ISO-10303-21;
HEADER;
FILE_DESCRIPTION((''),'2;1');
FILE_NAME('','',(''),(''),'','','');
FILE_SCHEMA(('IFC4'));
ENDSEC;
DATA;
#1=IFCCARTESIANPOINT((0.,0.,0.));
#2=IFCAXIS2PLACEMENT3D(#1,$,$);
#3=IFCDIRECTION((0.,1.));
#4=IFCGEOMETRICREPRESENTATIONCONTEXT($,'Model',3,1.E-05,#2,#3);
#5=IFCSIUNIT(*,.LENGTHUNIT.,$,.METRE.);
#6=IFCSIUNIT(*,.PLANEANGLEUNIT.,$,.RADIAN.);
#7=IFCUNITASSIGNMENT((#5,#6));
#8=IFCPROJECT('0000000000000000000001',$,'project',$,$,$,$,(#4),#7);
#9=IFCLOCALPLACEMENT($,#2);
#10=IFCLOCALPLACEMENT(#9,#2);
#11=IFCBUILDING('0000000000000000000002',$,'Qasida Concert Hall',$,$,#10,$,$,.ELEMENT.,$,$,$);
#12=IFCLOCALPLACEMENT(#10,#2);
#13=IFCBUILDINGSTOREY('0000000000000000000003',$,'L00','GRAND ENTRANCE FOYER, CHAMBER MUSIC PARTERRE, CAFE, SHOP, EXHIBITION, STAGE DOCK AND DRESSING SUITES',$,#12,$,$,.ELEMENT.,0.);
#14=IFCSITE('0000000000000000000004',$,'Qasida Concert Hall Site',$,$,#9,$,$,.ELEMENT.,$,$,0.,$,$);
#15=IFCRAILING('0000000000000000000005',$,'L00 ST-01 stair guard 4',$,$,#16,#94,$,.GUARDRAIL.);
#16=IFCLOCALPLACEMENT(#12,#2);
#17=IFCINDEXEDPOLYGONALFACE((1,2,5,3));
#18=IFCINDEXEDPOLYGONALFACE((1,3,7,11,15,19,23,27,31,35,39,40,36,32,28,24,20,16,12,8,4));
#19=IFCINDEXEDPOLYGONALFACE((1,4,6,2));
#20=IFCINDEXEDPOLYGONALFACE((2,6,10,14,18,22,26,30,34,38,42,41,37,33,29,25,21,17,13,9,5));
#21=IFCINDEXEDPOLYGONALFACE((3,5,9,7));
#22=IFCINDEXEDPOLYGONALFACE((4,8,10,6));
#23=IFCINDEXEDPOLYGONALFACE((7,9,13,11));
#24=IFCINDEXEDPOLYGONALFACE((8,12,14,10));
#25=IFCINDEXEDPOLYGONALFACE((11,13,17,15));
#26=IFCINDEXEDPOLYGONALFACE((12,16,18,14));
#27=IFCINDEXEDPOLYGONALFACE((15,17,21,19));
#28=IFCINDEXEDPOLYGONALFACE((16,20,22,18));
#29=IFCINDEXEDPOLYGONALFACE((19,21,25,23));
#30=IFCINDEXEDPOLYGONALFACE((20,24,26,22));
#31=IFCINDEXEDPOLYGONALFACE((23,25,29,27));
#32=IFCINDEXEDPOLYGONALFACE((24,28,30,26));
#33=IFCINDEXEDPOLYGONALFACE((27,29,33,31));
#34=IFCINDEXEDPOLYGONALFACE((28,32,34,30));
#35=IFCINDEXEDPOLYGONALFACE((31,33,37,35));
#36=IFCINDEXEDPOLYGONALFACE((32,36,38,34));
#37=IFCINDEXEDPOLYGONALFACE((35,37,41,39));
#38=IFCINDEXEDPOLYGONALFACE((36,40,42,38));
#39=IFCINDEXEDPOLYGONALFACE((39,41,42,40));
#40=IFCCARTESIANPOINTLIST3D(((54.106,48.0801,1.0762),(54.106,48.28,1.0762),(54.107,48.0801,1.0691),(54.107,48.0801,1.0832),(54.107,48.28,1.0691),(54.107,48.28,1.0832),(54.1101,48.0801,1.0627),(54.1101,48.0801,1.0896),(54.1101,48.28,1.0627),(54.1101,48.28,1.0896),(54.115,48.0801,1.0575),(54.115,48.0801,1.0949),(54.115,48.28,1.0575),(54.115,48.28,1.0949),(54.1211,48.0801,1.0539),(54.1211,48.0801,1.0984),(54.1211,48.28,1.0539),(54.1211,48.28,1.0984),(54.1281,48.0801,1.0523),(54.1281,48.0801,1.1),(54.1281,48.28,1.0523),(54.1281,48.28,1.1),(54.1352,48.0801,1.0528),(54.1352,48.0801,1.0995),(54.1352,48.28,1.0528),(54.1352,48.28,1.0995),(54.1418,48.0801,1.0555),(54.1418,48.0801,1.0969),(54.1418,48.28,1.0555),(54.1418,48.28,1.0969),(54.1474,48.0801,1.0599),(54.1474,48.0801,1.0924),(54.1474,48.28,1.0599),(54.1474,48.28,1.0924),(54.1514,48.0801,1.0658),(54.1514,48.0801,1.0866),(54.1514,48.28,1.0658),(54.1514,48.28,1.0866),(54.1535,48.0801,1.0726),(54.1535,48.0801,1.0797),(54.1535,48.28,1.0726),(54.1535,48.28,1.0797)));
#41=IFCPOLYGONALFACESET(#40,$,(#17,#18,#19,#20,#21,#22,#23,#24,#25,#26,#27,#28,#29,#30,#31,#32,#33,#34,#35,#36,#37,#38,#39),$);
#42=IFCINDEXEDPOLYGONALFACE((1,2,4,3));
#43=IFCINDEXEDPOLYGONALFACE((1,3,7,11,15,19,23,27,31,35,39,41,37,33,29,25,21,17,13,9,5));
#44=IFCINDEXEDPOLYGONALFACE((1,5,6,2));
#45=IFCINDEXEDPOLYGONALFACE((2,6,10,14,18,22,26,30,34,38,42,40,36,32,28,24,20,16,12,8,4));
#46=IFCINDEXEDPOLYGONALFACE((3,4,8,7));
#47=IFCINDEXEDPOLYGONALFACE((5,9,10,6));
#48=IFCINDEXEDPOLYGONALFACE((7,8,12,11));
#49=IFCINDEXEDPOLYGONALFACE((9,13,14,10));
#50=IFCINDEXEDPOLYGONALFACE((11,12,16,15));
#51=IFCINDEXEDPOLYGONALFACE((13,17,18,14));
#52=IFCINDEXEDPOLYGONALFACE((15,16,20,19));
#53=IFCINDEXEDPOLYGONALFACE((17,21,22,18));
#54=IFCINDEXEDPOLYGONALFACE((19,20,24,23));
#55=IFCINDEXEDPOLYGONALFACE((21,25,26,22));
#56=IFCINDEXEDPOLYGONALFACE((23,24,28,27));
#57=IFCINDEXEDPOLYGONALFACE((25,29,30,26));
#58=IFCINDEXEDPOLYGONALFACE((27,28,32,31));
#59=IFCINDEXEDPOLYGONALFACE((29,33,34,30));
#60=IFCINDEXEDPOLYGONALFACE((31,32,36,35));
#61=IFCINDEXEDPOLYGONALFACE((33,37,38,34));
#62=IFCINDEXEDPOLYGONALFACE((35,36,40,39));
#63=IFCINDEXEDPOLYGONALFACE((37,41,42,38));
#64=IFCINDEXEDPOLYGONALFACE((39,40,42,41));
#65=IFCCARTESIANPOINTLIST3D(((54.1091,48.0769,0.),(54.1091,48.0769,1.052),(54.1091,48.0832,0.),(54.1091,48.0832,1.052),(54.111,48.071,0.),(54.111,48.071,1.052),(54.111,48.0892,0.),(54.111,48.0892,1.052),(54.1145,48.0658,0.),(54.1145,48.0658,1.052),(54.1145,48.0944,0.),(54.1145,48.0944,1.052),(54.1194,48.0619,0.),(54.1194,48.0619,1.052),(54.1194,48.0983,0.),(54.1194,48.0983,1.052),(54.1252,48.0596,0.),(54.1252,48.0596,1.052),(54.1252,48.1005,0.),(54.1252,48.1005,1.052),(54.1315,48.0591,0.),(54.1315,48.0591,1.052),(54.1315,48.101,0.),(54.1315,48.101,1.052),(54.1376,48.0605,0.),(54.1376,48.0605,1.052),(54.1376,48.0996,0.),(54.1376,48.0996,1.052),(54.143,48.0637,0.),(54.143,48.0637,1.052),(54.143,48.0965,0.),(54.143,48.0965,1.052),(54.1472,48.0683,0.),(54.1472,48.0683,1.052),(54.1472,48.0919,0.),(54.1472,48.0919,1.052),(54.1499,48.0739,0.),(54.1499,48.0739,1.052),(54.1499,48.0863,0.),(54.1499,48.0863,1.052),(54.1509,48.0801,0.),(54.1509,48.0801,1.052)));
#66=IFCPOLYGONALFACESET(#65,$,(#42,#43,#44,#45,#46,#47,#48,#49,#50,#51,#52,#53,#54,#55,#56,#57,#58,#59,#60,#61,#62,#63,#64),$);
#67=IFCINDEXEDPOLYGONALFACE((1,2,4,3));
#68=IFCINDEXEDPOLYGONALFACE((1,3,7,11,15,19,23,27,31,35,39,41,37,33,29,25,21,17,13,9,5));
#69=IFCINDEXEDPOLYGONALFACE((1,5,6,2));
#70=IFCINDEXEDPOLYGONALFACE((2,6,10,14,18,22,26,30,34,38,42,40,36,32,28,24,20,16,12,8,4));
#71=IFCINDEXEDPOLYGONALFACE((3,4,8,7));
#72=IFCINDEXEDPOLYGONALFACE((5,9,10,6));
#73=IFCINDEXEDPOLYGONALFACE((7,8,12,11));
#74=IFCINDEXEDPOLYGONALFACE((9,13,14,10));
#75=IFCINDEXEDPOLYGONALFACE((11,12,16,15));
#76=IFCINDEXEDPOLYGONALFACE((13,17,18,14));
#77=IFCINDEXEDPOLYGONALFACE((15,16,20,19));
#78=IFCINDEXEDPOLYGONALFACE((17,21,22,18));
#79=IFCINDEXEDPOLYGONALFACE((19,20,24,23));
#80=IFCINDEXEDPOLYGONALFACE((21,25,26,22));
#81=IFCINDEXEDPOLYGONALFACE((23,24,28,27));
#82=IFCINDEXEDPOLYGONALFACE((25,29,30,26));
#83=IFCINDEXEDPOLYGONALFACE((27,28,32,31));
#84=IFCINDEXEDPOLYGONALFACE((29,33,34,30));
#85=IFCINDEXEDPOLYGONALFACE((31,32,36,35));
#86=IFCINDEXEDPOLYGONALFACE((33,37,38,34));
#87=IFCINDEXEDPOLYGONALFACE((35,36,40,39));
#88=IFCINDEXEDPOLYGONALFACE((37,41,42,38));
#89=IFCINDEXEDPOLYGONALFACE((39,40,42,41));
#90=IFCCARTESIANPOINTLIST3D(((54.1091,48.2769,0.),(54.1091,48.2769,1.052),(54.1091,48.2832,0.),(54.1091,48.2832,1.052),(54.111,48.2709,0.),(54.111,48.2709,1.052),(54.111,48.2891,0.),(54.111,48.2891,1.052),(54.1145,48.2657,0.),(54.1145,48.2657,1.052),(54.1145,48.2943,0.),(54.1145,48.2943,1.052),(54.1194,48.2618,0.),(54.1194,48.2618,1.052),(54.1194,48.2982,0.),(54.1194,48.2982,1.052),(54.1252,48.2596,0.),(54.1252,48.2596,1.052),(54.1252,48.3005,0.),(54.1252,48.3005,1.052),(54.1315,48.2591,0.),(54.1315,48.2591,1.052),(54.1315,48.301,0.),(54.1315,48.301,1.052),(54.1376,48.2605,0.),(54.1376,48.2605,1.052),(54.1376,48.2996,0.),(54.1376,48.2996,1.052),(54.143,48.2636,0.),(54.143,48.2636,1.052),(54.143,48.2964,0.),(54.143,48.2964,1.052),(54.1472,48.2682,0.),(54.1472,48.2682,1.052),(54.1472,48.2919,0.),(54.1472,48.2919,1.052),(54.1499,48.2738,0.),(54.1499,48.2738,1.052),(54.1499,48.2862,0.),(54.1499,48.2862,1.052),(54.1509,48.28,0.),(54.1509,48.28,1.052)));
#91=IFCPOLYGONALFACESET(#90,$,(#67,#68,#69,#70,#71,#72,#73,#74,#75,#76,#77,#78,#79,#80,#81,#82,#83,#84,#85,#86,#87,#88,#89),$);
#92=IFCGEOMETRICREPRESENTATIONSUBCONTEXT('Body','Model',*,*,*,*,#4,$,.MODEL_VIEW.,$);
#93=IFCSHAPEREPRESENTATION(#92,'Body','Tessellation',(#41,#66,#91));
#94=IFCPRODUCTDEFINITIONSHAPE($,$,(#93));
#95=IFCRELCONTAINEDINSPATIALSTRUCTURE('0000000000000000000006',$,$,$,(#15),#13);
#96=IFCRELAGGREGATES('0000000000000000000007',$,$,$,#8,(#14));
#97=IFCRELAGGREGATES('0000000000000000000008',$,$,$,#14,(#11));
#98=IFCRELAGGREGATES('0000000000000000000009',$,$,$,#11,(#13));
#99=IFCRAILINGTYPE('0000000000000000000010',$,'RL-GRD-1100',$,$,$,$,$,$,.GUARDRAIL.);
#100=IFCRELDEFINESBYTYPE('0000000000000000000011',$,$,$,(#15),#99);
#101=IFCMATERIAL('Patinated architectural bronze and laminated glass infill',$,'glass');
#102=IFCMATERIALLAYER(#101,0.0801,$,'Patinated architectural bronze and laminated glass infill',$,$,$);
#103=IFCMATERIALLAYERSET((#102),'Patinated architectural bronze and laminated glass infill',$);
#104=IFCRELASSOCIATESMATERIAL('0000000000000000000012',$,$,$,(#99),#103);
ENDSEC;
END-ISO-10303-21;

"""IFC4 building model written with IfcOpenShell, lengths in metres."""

from ifc_helpers import new_model, si_unit, direction, frame, origin, origin_2d, place, context, subcontext, project, spatial, circle, extrude, material, layer, layer_set, type_object, element, save


model = new_model("IFC4")

# Units and contexts
model_context = context("Model", 3, precision=1e-05, world=origin(), true_north=direction((0.0, 1.0)))
body_context = subcontext(model_context, "Body", "Model", "MODEL_VIEW")
ifc_project = project(units=[si_unit("LENGTHUNIT", "METRE"), si_unit("PLANEANGLEUNIT", "RADIAN")], contexts=[model_context])

# Site, building, storey
site_placement = place(None, origin())
site = spatial("IfcSite", under=ifc_project, at=site_placement, Name="Qasida Concert Hall Site", CompositionType="ELEMENT", RefElevation=0.0)
building_placement = place(site_placement, origin())
building = spatial("IfcBuilding", under=site, at=building_placement, Name="Qasida Concert Hall", CompositionType="ELEMENT")
storey_placement = place(building_placement, origin())
storey = spatial("IfcBuildingStorey", under=building, at=storey_placement, Name="L00", Description="GRAND ENTRANCE FOYER, CHAMBER MUSIC PARTERRE, CAFE, SHOP, EXHIBITION, STAGE DOCK AND DRESSING SUITES", CompositionType="ELEMENT", Elevation=0.0)

# Railing
ifc_material_1 = material(Name="Patinated architectural bronze and laminated glass infill", Category="glass")
ifc_layer_1 = layer(ifc_material_1, 0.0801, Name="Patinated architectural bronze and laminated glass infill")
ifc_layer_set_1 = layer_set([ifc_layer_1], Name="Patinated architectural bronze and laminated glass infill")
railing_type_1 = type_object("IfcRailingType", Name="RL-GRD-1100", PredefinedType="GUARDRAIL", material=ifc_layer_set_1)
railing_1_placement = place(storey_placement, frame((54.1299, 48.0801, 0.0)))
element("IfcRailing", 1, at=railing_1_placement, inside=storey, type_object=railing_type_1, Name="L00 ST-01 stair guard 4", PredefinedType="GUARDRAIL", context=body_context, shape_type="SweptSolid", body=[
    extrude(circle(Radius=0.0239, at=origin_2d()), frame((0.0, 0.0, 1.0762), z_axis=(0.0, 1.0, 0.0), x_axis=(-1.0, 0.0, 0.0)), (0.0, 0.0, 1.0), 0.2),
    extrude(circle(Radius=0.021, at=origin_2d()), origin(), (0.0, 0.0, 1.0), 1.052),
    extrude(circle(Radius=0.021, at=origin_2d()), frame((0.0, 0.2, 0.0)), (0.0, 0.0, 1.0), 1.052),
])

save(model, "model.ifc")
